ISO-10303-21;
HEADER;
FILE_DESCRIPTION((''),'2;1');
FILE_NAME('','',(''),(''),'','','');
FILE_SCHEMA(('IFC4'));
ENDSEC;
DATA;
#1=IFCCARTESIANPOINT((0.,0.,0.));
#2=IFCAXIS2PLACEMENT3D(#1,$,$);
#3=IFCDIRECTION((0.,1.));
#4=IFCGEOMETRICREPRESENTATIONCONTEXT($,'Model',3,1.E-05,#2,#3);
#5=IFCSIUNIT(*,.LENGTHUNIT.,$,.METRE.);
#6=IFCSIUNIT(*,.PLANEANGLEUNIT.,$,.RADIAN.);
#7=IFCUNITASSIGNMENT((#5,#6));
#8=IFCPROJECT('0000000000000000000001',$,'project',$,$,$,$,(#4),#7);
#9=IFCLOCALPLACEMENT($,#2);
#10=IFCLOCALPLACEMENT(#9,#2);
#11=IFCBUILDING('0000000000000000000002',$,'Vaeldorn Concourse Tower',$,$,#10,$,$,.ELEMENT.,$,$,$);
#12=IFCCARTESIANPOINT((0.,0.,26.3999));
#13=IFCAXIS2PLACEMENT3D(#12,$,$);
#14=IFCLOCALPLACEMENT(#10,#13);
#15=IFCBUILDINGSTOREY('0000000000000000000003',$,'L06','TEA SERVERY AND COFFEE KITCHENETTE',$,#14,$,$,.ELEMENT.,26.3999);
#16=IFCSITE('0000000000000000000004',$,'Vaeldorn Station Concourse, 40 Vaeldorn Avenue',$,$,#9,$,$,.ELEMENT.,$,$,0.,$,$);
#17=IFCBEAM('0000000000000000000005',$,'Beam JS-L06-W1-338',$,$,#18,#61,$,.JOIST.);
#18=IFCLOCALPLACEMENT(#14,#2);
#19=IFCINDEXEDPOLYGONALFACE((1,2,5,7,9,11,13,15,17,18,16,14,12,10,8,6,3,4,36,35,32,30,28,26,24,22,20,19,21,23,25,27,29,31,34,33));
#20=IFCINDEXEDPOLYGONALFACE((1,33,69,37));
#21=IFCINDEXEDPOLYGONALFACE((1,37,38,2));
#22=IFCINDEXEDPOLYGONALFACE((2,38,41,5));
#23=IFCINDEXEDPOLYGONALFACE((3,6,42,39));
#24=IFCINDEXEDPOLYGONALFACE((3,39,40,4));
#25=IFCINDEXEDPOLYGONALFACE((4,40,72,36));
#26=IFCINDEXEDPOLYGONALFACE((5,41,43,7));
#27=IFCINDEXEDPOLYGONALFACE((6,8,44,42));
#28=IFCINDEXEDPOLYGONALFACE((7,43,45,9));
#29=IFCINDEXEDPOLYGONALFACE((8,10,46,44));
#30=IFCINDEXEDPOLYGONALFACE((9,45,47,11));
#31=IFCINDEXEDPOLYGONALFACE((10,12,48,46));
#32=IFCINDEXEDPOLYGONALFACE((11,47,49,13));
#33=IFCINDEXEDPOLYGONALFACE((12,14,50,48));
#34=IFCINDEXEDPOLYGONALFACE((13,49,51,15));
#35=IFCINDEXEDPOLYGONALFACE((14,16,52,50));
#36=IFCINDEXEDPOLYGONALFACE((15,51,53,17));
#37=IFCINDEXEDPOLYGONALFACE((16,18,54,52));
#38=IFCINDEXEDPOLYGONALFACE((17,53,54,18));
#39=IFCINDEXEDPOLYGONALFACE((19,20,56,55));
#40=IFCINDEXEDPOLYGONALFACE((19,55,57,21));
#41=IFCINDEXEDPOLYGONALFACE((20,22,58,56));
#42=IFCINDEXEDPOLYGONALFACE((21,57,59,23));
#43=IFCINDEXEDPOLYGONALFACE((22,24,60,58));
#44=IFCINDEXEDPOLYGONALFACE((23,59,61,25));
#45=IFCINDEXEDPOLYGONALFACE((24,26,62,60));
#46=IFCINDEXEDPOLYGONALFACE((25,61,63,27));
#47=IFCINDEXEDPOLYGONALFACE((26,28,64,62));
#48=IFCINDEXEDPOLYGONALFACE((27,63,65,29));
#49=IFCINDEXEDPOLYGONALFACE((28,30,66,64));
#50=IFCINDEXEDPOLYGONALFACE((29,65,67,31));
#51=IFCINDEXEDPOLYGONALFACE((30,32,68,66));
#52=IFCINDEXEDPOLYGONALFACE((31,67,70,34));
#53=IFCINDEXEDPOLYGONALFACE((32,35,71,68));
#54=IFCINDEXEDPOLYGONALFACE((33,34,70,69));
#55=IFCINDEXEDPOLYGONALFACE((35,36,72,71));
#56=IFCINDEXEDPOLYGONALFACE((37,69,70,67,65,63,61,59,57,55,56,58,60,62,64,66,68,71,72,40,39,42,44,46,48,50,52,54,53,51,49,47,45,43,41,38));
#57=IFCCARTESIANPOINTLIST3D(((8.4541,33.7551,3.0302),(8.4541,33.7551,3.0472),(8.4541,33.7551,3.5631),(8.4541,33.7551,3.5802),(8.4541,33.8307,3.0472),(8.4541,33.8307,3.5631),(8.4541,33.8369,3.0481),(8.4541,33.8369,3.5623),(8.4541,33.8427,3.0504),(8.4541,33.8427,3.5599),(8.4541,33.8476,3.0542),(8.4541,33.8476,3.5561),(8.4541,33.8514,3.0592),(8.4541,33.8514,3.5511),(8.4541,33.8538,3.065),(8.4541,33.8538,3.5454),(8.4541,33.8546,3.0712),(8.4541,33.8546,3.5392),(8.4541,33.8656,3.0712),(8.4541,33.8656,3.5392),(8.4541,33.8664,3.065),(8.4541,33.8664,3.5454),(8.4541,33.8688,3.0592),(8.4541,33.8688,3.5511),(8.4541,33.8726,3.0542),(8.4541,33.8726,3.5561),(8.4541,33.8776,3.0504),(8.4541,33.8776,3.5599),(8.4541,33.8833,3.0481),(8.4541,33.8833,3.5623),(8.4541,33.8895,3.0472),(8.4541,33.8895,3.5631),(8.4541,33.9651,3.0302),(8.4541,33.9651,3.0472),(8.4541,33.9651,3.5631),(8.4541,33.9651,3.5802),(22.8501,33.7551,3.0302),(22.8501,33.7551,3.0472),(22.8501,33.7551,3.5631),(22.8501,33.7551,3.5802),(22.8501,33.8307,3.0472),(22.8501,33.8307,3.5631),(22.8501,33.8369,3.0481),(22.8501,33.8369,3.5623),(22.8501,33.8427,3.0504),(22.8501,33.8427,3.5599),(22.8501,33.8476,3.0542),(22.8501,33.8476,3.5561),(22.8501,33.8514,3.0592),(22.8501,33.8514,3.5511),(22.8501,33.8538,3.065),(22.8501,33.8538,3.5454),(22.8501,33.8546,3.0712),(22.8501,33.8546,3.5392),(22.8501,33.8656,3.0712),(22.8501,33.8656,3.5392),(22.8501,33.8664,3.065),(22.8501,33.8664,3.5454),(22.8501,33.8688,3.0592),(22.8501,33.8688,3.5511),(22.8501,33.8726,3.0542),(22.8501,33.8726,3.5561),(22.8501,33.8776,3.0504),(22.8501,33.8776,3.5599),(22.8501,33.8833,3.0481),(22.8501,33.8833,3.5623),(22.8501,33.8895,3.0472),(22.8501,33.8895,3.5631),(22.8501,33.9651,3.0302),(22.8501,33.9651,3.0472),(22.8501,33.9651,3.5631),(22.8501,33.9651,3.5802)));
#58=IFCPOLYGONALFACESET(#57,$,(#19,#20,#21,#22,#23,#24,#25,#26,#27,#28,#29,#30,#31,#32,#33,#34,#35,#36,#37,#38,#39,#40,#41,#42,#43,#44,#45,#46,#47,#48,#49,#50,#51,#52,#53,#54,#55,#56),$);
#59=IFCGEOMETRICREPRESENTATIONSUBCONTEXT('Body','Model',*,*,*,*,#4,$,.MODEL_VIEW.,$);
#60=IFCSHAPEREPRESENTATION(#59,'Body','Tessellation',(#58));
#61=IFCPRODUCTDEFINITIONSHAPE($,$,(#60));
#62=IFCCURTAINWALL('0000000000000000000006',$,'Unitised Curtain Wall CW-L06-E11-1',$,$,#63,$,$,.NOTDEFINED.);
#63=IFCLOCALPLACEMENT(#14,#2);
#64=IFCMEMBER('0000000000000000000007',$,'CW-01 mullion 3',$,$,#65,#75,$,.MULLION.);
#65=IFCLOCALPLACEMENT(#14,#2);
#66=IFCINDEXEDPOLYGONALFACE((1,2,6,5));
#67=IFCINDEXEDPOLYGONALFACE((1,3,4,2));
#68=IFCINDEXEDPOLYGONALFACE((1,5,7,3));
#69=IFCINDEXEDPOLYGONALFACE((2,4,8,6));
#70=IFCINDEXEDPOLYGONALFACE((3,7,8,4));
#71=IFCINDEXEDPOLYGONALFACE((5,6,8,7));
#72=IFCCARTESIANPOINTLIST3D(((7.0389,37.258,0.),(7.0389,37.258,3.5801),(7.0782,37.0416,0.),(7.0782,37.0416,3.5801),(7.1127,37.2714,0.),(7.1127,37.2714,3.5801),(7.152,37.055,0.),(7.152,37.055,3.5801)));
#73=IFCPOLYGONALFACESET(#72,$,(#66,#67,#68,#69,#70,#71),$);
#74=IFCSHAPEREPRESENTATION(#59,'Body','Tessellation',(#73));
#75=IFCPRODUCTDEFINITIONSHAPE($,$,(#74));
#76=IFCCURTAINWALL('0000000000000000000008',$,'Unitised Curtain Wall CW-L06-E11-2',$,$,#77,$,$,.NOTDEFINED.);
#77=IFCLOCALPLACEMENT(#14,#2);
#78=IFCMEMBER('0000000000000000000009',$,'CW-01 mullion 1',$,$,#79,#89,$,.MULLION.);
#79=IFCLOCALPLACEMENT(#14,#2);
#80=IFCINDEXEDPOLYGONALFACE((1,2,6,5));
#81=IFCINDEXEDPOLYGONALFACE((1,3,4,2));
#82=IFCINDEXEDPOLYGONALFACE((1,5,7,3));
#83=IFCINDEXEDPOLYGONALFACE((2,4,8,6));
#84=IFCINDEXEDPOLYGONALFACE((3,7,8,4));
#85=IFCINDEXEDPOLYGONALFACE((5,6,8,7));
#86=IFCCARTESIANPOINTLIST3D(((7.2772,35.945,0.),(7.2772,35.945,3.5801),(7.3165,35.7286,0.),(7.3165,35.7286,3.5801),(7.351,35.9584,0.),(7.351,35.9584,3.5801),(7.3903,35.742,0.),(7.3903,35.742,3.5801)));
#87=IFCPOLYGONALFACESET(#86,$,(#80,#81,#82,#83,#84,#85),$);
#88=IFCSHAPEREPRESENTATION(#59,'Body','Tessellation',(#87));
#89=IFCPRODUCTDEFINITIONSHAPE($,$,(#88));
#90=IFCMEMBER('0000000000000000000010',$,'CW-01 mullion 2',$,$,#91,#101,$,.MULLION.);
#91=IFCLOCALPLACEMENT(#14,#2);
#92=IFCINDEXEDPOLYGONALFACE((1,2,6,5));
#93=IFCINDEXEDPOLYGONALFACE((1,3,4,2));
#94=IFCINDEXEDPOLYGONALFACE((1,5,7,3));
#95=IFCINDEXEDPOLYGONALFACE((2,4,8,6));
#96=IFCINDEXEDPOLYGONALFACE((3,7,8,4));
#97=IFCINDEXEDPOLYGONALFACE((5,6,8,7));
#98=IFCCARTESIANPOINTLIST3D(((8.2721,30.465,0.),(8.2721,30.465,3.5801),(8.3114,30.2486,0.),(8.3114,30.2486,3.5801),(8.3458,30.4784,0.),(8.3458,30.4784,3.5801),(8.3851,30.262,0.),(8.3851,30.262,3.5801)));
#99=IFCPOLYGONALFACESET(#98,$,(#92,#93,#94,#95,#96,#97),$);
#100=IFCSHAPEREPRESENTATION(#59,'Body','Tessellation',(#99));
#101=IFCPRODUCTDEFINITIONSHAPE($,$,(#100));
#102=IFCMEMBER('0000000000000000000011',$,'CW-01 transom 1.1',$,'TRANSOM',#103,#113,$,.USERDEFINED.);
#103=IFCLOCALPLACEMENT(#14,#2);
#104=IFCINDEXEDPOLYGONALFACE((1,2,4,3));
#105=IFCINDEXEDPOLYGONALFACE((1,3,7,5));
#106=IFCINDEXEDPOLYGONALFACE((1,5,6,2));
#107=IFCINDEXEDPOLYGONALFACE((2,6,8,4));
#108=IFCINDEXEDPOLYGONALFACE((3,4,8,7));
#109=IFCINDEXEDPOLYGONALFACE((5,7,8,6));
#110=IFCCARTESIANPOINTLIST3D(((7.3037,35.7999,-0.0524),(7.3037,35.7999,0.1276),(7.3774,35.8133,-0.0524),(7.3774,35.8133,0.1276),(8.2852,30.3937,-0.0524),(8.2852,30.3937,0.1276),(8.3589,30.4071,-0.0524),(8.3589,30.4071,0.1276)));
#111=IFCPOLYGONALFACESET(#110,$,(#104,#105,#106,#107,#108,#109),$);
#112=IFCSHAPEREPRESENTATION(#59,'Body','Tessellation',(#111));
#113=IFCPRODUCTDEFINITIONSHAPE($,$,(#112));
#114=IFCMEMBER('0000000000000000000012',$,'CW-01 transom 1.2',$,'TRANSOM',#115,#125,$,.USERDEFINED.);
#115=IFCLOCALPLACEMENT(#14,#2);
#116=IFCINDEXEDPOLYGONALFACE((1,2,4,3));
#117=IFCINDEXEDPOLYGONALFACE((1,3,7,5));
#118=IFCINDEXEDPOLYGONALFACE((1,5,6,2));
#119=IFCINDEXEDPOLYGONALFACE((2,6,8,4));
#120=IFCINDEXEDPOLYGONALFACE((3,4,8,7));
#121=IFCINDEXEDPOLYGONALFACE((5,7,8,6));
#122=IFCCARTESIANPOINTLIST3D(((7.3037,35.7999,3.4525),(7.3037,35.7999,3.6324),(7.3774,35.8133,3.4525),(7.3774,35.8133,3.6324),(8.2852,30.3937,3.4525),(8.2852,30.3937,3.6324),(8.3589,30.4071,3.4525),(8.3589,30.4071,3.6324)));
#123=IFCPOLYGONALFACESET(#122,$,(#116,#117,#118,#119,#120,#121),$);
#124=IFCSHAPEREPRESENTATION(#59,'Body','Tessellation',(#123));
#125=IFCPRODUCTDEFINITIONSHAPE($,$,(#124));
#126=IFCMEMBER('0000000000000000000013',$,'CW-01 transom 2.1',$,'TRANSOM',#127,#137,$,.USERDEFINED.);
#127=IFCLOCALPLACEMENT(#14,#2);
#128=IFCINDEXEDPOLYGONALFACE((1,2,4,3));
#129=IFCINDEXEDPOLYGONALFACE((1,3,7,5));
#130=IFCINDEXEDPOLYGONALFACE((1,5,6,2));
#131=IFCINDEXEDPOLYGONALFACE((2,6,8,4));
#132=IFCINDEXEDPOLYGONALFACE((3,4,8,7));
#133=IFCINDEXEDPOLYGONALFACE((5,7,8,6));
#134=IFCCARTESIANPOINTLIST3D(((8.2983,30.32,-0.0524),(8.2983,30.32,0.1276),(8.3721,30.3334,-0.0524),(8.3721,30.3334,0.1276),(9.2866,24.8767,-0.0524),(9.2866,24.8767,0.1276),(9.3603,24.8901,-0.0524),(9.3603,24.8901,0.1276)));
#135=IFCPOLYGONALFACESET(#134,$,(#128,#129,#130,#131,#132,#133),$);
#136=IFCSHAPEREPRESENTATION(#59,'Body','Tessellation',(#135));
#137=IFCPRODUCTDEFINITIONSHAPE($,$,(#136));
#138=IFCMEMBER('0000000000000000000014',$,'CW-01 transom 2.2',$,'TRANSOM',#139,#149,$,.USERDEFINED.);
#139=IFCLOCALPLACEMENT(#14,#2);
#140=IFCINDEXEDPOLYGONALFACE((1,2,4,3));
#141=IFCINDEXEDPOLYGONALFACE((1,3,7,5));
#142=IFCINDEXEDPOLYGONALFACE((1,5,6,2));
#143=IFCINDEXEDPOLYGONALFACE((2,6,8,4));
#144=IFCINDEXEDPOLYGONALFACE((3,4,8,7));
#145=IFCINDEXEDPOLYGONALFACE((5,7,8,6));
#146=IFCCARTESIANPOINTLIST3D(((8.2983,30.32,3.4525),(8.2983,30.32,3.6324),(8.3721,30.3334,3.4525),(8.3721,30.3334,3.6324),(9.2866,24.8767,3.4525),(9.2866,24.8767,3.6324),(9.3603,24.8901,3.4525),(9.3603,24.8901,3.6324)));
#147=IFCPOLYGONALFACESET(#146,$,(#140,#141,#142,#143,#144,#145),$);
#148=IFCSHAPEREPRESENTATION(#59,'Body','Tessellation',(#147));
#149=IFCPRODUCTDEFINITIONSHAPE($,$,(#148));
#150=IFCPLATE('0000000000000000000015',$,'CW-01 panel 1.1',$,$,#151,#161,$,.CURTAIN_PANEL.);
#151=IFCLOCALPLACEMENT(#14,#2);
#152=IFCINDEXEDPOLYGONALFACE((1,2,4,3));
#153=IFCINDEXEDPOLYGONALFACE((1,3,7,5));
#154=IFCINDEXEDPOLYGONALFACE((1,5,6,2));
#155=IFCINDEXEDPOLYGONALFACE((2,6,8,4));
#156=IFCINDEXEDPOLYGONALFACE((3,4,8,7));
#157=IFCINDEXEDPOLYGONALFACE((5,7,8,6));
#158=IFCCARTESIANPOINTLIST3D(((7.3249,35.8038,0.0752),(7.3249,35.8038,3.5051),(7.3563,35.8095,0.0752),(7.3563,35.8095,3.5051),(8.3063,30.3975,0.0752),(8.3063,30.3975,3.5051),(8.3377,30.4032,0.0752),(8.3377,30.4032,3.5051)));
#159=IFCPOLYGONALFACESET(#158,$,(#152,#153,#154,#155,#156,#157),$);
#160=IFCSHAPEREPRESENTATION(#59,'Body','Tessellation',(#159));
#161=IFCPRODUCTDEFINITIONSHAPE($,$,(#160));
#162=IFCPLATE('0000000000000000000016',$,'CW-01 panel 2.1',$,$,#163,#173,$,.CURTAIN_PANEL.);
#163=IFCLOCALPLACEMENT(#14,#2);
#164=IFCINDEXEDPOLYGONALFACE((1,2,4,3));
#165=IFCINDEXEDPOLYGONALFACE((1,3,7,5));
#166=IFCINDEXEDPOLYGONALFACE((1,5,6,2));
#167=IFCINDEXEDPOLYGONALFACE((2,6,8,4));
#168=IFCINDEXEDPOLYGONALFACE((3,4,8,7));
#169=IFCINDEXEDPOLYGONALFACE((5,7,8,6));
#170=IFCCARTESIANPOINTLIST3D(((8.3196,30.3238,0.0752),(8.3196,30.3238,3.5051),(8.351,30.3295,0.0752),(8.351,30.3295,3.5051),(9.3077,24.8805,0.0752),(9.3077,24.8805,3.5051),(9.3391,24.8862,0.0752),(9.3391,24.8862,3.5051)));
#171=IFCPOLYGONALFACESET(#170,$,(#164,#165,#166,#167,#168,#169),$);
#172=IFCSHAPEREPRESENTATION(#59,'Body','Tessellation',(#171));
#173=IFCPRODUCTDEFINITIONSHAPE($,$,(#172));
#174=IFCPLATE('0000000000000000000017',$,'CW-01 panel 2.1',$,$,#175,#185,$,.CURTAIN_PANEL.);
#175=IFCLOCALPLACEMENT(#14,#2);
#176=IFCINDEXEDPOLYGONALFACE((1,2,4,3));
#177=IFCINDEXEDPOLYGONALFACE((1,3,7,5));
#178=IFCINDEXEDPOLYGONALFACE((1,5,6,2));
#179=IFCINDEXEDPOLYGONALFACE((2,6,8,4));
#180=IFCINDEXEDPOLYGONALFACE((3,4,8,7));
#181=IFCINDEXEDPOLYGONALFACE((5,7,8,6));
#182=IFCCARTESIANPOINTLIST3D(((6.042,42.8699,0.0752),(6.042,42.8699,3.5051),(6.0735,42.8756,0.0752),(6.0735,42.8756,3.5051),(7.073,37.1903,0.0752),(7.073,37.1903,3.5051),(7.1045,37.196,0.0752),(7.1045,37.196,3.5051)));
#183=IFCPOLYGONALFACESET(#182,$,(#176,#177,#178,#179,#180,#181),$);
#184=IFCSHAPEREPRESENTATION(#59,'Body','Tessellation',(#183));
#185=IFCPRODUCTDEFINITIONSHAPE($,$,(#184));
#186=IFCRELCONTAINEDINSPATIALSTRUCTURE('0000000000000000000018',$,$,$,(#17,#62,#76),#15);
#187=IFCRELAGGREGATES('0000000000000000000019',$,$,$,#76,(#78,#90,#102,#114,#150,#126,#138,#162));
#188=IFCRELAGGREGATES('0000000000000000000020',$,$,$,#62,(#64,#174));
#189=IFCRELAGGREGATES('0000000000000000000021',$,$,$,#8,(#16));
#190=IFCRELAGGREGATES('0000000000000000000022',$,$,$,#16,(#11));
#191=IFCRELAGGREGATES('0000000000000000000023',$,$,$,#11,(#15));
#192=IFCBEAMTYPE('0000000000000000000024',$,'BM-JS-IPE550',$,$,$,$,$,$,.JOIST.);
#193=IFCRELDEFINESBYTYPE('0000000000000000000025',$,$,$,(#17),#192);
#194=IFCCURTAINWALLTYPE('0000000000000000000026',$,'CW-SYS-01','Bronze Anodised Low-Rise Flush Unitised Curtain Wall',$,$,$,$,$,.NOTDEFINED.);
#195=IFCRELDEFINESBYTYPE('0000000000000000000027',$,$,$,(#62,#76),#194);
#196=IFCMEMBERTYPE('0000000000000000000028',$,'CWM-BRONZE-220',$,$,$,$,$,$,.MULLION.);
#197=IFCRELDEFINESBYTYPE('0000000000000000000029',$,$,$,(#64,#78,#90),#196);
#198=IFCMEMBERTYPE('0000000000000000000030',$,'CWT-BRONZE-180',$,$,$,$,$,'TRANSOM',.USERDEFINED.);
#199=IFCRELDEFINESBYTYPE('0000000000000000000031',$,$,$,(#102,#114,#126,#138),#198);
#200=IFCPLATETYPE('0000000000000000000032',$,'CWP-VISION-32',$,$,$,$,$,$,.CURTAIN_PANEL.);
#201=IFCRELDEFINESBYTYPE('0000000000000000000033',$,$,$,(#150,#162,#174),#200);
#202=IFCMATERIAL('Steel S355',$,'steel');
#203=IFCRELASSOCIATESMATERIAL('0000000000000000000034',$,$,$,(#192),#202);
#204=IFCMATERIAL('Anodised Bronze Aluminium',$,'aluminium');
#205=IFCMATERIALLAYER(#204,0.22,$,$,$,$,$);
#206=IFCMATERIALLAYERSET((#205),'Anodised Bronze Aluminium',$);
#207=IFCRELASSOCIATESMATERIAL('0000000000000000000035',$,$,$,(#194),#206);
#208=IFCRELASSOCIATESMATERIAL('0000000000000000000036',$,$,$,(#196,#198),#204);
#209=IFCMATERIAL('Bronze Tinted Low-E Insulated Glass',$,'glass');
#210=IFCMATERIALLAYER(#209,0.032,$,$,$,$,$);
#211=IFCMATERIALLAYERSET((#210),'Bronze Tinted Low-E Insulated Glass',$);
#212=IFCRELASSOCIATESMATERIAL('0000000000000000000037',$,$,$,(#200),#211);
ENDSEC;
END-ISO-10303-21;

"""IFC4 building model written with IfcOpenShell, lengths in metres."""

from ifc_helpers import new_model, si_unit, direction, frame, origin, origin_2d, place, context, subcontext, project, spatial, rectangle, i_section, extrude, source, transform, mapped, material, layer, layer_set, material_profile, profile_set, type_object, element, aggregate, save


model = new_model("IFC4")

# Units and contexts
model_context = context("Model", 3, precision=1e-05, world=origin(), true_north=direction((0.0, 1.0)))
body_context = subcontext(model_context, "Body", "Model", "MODEL_VIEW")
ifc_project = project(units=[si_unit("LENGTHUNIT", "METRE"), si_unit("PLANEANGLEUNIT", "RADIAN")], contexts=[model_context])

# Site, building, storey
site_placement = place(None, origin())
site = spatial("IfcSite", under=ifc_project, at=site_placement, Name="Vaeldorn Station Concourse, 40 Vaeldorn Avenue", CompositionType="ELEMENT", RefElevation=0.0)
building_placement = place(site_placement, origin())
building = spatial("IfcBuilding", under=site, at=building_placement, Name="Vaeldorn Concourse Tower", CompositionType="ELEMENT")
storey_placement = place(building_placement, frame((0.0, 0.0, 26.3999)))
storey = spatial("IfcBuildingStorey", under=building, at=storey_placement, Name="L06", Description="TEA SERVERY AND COFFEE KITCHENETTE", CompositionType="ELEMENT", Elevation=26.3999)

# Beam
ifc_material_1 = material(Name="Steel S355", Category="steel")
ifc_material_profile_1 = material_profile(ifc_material_1, i_section(OverallWidth=0.21, OverallDepth=0.55, WebThickness=0.011, FlangeThickness=0.0171, FilletRadius=0.0239, at=origin_2d()), Name="IPE 550")
ifc_profile_set_1 = profile_set([ifc_material_profile_1], Name="Steel S355")
beam_type_1 = type_object("IfcBeamType", Name="BM-JS-IPE550", PredefinedType="JOIST", material=ifc_profile_set_1)
shared_shape_1 = source(origin(), body_context, "Body", "SweptSolid", [
    extrude(i_section(OverallWidth=0.21, OverallDepth=0.55, WebThickness=0.011, FlangeThickness=0.0171, FilletRadius=0.0239, at=origin_2d()), origin(), (0.0, 0.0, 1.0), 14.396),
])
beam_1_placement = place(storey_placement, frame((8.4541, 33.8601, 3.3052), z_axis=(1.0, 0.0, 0.0), x_axis=(0.0, 1.0, 0.0)))
element("IfcBeam", 1, at=beam_1_placement, inside=storey, type_object=beam_type_1, Name="Beam JS-L06-W1-338", PredefinedType="JOIST", context=body_context, shape_type="MappedRepresentation", body=[
    mapped(shared_shape_1, transform((0.0, 0.0, 0.0), scale=1.0)),
])

# Curtain wall, member
ifc_material_2 = material(Name="Anodised Bronze Aluminium", Category="aluminium")
ifc_layer_1 = layer(ifc_material_2, 0.22)
ifc_layer_set_1 = layer_set([ifc_layer_1], Name="Anodised Bronze Aluminium")
curtain_wall_type = type_object("IfcCurtainWallType", Name="CW-SYS-01", Description="Bronze Anodised Low-Rise Flush Unitised Curtain Wall", PredefinedType="NOTDEFINED", material=ifc_layer_set_1)
curtain_wall_1_placement = place(storey_placement, origin())
curtain_wall_1 = element("IfcCurtainWall", 2, at=curtain_wall_1_placement, inside=storey, type_object=curtain_wall_type, Name="Unitised Curtain Wall CW-L06-E11-1", PredefinedType="NOTDEFINED")
ifc_material_profile_2 = material_profile(ifc_material_2, rectangle(XDim=0.075, YDim=0.22, at=origin_2d()), Name="CWM 75x220")
ifc_profile_set_2 = profile_set([ifc_material_profile_2], Name="Anodised Bronze Aluminium")
member_type_1 = type_object("IfcMemberType", Name="CWM-BRONZE-220", PredefinedType="MULLION", material=ifc_profile_set_2)
shared_shape_2 = source(origin(), body_context, "Body", "SweptSolid", [
    extrude(rectangle(XDim=0.075, YDim=0.22, at=origin_2d()), origin(), (0.0, 0.0, 1.0), 3.5801),
])
member_1_placement = place(storey_placement, frame((7.0955, 37.1565, 0.0), z_axis=(0.0, 0.0, 1.0), x_axis=(0.98392, 0.17861, 0.0)))
member_1 = element("IfcMember", 3, at=member_1_placement, type_object=member_type_1, Name="CW-01 mullion 3", PredefinedType="MULLION", context=body_context, shape_type="MappedRepresentation", body=[
    mapped(shared_shape_2, transform((0.0, 0.0, 0.0), scale=1.0)),
])

# Curtain wall, members, plates
curtain_wall_2_placement = place(storey_placement, origin())
curtain_wall_2 = element("IfcCurtainWall", 4, at=curtain_wall_2_placement, inside=storey, type_object=curtain_wall_type, Name="Unitised Curtain Wall CW-L06-E11-2", PredefinedType="NOTDEFINED")
member_2_placement = place(storey_placement, frame((7.3337, 35.8435, 0.0), z_axis=(0.0, 0.0, 1.0), x_axis=(0.98392, 0.178609, 0.0)))
member_2 = element("IfcMember", 5, at=member_2_placement, type_object=member_type_1, Name="CW-01 mullion 1", PredefinedType="MULLION", context=body_context, shape_type="MappedRepresentation", body=[
    mapped(shared_shape_2, transform((0.0, 0.0, 0.0), scale=1.0)),
])
member_3_placement = place(storey_placement, frame((8.3286, 30.3635, 0.0), z_axis=(0.0, 0.0, 1.0), x_axis=(0.98392, 0.178609, 0.0)))
member_3 = element("IfcMember", 6, at=member_3_placement, type_object=member_type_1, Name="CW-01 mullion 2", PredefinedType="MULLION", context=body_context, shape_type="MappedRepresentation", body=[
    mapped(shared_shape_2, transform((0.0, 0.0, 0.0), scale=1.0)),
])
ifc_material_profile_3 = material_profile(ifc_material_2, rectangle(XDim=0.075, YDim=0.1799, at=origin_2d()), Name="CWT 75x180")
ifc_profile_set_3 = profile_set([ifc_material_profile_3], Name="Anodised Bronze Aluminium")
member_type_2 = type_object("IfcMemberType", Name="CWT-BRONZE-180", ElementType="TRANSOM", PredefinedType="USERDEFINED", material=ifc_profile_set_3)
shared_shape_3 = source(origin(), body_context, "Body", "SweptSolid", [
    extrude(rectangle(XDim=0.075, YDim=0.1799, at=origin_2d()), origin(), (0.0, 0.0, 1.0), 5.4946),
])
member_4_placement = place(storey_placement, frame((7.3406, 35.8066, 0.0376), z_axis=(0.17862, -0.983918, 0.0), x_axis=(0.983918, 0.17862, 0.0)))
member_4 = element("IfcMember", 7, at=member_4_placement, type_object=member_type_2, Name="CW-01 transom 1.1", ObjectType="TRANSOM", PredefinedType="USERDEFINED", context=body_context, shape_type="MappedRepresentation", body=[
    mapped(shared_shape_3, transform((0.0, 0.0, 0.0), scale=1.0)),
])
member_5_placement = place(storey_placement, frame((7.3406, 35.8066, 3.5425), z_axis=(0.17862, -0.983918, 0.0), x_axis=(0.983918, 0.17862, 0.0)))
member_5 = element("IfcMember", 8, at=member_5_placement, type_object=member_type_2, Name="CW-01 transom 1.2", ObjectType="TRANSOM", PredefinedType="USERDEFINED", context=body_context, shape_type="MappedRepresentation", body=[
    mapped(shared_shape_3, transform((0.0, 0.0, 0.0), scale=1.0)),
])
shared_shape_4 = source(origin(), body_context, "Body", "SweptSolid", [
    extrude(rectangle(XDim=0.075, YDim=0.1799, at=origin_2d()), origin(), (0.0, 0.0, 1.0), 5.5322),
])
member_6_placement = place(storey_placement, frame((8.3352, 30.3267, 0.0376), z_axis=(0.178637, -0.983915, 0.0), x_axis=(0.983915, 0.178637, 0.0)))
member_6 = element("IfcMember", 9, at=member_6_placement, type_object=member_type_2, Name="CW-01 transom 2.1", ObjectType="TRANSOM", PredefinedType="USERDEFINED", context=body_context, shape_type="MappedRepresentation", body=[
    mapped(shared_shape_4, transform((0.0, 0.0, 0.0), scale=1.0)),
])
member_7_placement = place(storey_placement, frame((8.3352, 30.3267, 3.5425), z_axis=(0.178637, -0.983915, 0.0), x_axis=(0.983915, 0.178637, 0.0)))
member_7 = element("IfcMember", 10, at=member_7_placement, type_object=member_type_2, Name="CW-01 transom 2.2", ObjectType="TRANSOM", PredefinedType="USERDEFINED", context=body_context, shape_type="MappedRepresentation", body=[
    mapped(shared_shape_4, transform((0.0, 0.0, 0.0), scale=1.0)),
])
ifc_material_3 = material(Name="Bronze Tinted Low-E Insulated Glass", Category="glass")
ifc_layer_2 = layer(ifc_material_3, 0.032)
ifc_layer_set_2 = layer_set([ifc_layer_2], Name="Bronze Tinted Low-E Insulated Glass")
plate_type = type_object("IfcPlateType", Name="CWP-VISION-32", PredefinedType="CURTAIN_PANEL", material=ifc_layer_set_2)
shared_shape_5 = source(origin(), body_context, "Body", "SweptSolid", [
    extrude(rectangle(XDim=5.4946, YDim=0.032, at=origin_2d()), origin(), (0.0, 0.0, 1.0), 3.4299),
])
plate_1_placement = place(storey_placement, frame((7.8313, 33.1035, 0.0752), z_axis=(0.0, 0.0, 1.0), x_axis=(0.178609, -0.98392, 0.0)))
plate_1 = element("IfcPlate", 11, at=plate_1_placement, type_object=plate_type, Name="CW-01 panel 1.1", PredefinedType="CURTAIN_PANEL", context=body_context, shape_type="MappedRepresentation", body=[
    mapped(shared_shape_5, transform((0.0, 0.0, 0.0), scale=1.0)),
])
shared_shape_6 = source(origin(), body_context, "Body", "SweptSolid", [
    extrude(rectangle(XDim=5.5322, YDim=0.032, at=origin_2d()), origin(), (0.0, 0.0, 1.0), 3.4299),
])
plate_2_placement = place(storey_placement, frame((8.8293, 27.605, 0.0752), z_axis=(0.0, 0.0, 1.0), x_axis=(0.178609, -0.98392, 0.0)))
plate_2 = element("IfcPlate", 12, at=plate_2_placement, type_object=plate_type, Name="CW-01 panel 2.1", PredefinedType="CURTAIN_PANEL", context=body_context, shape_type="MappedRepresentation", body=[
    mapped(shared_shape_6, transform((0.0, 0.0, 0.0), scale=1.0)),
])
aggregate(curtain_wall_2, [member_2, member_3, member_4, member_5, plate_1, member_6, member_7, plate_2])

# Plate
shared_shape_7 = source(origin(), body_context, "Body", "SweptSolid", [
    extrude(rectangle(XDim=5.7725, YDim=0.032, at=origin_2d()), origin(), (0.0, 0.0, 1.0), 3.4299),
])
plate_3_placement = place(storey_placement, frame((6.5732, 40.033, 0.0752), z_axis=(0.0, 0.0, 1.0), x_axis=(0.17861, -0.98392, 0.0)))
plate_3 = element("IfcPlate", 13, at=plate_3_placement, type_object=plate_type, Name="CW-01 panel 2.1", PredefinedType="CURTAIN_PANEL", context=body_context, shape_type="MappedRepresentation", body=[
    mapped(shared_shape_7, transform((0.0, 0.0, 0.0), scale=1.0)),
])
aggregate(curtain_wall_1, [member_1, plate_3])

save(model, "model.ifc")
